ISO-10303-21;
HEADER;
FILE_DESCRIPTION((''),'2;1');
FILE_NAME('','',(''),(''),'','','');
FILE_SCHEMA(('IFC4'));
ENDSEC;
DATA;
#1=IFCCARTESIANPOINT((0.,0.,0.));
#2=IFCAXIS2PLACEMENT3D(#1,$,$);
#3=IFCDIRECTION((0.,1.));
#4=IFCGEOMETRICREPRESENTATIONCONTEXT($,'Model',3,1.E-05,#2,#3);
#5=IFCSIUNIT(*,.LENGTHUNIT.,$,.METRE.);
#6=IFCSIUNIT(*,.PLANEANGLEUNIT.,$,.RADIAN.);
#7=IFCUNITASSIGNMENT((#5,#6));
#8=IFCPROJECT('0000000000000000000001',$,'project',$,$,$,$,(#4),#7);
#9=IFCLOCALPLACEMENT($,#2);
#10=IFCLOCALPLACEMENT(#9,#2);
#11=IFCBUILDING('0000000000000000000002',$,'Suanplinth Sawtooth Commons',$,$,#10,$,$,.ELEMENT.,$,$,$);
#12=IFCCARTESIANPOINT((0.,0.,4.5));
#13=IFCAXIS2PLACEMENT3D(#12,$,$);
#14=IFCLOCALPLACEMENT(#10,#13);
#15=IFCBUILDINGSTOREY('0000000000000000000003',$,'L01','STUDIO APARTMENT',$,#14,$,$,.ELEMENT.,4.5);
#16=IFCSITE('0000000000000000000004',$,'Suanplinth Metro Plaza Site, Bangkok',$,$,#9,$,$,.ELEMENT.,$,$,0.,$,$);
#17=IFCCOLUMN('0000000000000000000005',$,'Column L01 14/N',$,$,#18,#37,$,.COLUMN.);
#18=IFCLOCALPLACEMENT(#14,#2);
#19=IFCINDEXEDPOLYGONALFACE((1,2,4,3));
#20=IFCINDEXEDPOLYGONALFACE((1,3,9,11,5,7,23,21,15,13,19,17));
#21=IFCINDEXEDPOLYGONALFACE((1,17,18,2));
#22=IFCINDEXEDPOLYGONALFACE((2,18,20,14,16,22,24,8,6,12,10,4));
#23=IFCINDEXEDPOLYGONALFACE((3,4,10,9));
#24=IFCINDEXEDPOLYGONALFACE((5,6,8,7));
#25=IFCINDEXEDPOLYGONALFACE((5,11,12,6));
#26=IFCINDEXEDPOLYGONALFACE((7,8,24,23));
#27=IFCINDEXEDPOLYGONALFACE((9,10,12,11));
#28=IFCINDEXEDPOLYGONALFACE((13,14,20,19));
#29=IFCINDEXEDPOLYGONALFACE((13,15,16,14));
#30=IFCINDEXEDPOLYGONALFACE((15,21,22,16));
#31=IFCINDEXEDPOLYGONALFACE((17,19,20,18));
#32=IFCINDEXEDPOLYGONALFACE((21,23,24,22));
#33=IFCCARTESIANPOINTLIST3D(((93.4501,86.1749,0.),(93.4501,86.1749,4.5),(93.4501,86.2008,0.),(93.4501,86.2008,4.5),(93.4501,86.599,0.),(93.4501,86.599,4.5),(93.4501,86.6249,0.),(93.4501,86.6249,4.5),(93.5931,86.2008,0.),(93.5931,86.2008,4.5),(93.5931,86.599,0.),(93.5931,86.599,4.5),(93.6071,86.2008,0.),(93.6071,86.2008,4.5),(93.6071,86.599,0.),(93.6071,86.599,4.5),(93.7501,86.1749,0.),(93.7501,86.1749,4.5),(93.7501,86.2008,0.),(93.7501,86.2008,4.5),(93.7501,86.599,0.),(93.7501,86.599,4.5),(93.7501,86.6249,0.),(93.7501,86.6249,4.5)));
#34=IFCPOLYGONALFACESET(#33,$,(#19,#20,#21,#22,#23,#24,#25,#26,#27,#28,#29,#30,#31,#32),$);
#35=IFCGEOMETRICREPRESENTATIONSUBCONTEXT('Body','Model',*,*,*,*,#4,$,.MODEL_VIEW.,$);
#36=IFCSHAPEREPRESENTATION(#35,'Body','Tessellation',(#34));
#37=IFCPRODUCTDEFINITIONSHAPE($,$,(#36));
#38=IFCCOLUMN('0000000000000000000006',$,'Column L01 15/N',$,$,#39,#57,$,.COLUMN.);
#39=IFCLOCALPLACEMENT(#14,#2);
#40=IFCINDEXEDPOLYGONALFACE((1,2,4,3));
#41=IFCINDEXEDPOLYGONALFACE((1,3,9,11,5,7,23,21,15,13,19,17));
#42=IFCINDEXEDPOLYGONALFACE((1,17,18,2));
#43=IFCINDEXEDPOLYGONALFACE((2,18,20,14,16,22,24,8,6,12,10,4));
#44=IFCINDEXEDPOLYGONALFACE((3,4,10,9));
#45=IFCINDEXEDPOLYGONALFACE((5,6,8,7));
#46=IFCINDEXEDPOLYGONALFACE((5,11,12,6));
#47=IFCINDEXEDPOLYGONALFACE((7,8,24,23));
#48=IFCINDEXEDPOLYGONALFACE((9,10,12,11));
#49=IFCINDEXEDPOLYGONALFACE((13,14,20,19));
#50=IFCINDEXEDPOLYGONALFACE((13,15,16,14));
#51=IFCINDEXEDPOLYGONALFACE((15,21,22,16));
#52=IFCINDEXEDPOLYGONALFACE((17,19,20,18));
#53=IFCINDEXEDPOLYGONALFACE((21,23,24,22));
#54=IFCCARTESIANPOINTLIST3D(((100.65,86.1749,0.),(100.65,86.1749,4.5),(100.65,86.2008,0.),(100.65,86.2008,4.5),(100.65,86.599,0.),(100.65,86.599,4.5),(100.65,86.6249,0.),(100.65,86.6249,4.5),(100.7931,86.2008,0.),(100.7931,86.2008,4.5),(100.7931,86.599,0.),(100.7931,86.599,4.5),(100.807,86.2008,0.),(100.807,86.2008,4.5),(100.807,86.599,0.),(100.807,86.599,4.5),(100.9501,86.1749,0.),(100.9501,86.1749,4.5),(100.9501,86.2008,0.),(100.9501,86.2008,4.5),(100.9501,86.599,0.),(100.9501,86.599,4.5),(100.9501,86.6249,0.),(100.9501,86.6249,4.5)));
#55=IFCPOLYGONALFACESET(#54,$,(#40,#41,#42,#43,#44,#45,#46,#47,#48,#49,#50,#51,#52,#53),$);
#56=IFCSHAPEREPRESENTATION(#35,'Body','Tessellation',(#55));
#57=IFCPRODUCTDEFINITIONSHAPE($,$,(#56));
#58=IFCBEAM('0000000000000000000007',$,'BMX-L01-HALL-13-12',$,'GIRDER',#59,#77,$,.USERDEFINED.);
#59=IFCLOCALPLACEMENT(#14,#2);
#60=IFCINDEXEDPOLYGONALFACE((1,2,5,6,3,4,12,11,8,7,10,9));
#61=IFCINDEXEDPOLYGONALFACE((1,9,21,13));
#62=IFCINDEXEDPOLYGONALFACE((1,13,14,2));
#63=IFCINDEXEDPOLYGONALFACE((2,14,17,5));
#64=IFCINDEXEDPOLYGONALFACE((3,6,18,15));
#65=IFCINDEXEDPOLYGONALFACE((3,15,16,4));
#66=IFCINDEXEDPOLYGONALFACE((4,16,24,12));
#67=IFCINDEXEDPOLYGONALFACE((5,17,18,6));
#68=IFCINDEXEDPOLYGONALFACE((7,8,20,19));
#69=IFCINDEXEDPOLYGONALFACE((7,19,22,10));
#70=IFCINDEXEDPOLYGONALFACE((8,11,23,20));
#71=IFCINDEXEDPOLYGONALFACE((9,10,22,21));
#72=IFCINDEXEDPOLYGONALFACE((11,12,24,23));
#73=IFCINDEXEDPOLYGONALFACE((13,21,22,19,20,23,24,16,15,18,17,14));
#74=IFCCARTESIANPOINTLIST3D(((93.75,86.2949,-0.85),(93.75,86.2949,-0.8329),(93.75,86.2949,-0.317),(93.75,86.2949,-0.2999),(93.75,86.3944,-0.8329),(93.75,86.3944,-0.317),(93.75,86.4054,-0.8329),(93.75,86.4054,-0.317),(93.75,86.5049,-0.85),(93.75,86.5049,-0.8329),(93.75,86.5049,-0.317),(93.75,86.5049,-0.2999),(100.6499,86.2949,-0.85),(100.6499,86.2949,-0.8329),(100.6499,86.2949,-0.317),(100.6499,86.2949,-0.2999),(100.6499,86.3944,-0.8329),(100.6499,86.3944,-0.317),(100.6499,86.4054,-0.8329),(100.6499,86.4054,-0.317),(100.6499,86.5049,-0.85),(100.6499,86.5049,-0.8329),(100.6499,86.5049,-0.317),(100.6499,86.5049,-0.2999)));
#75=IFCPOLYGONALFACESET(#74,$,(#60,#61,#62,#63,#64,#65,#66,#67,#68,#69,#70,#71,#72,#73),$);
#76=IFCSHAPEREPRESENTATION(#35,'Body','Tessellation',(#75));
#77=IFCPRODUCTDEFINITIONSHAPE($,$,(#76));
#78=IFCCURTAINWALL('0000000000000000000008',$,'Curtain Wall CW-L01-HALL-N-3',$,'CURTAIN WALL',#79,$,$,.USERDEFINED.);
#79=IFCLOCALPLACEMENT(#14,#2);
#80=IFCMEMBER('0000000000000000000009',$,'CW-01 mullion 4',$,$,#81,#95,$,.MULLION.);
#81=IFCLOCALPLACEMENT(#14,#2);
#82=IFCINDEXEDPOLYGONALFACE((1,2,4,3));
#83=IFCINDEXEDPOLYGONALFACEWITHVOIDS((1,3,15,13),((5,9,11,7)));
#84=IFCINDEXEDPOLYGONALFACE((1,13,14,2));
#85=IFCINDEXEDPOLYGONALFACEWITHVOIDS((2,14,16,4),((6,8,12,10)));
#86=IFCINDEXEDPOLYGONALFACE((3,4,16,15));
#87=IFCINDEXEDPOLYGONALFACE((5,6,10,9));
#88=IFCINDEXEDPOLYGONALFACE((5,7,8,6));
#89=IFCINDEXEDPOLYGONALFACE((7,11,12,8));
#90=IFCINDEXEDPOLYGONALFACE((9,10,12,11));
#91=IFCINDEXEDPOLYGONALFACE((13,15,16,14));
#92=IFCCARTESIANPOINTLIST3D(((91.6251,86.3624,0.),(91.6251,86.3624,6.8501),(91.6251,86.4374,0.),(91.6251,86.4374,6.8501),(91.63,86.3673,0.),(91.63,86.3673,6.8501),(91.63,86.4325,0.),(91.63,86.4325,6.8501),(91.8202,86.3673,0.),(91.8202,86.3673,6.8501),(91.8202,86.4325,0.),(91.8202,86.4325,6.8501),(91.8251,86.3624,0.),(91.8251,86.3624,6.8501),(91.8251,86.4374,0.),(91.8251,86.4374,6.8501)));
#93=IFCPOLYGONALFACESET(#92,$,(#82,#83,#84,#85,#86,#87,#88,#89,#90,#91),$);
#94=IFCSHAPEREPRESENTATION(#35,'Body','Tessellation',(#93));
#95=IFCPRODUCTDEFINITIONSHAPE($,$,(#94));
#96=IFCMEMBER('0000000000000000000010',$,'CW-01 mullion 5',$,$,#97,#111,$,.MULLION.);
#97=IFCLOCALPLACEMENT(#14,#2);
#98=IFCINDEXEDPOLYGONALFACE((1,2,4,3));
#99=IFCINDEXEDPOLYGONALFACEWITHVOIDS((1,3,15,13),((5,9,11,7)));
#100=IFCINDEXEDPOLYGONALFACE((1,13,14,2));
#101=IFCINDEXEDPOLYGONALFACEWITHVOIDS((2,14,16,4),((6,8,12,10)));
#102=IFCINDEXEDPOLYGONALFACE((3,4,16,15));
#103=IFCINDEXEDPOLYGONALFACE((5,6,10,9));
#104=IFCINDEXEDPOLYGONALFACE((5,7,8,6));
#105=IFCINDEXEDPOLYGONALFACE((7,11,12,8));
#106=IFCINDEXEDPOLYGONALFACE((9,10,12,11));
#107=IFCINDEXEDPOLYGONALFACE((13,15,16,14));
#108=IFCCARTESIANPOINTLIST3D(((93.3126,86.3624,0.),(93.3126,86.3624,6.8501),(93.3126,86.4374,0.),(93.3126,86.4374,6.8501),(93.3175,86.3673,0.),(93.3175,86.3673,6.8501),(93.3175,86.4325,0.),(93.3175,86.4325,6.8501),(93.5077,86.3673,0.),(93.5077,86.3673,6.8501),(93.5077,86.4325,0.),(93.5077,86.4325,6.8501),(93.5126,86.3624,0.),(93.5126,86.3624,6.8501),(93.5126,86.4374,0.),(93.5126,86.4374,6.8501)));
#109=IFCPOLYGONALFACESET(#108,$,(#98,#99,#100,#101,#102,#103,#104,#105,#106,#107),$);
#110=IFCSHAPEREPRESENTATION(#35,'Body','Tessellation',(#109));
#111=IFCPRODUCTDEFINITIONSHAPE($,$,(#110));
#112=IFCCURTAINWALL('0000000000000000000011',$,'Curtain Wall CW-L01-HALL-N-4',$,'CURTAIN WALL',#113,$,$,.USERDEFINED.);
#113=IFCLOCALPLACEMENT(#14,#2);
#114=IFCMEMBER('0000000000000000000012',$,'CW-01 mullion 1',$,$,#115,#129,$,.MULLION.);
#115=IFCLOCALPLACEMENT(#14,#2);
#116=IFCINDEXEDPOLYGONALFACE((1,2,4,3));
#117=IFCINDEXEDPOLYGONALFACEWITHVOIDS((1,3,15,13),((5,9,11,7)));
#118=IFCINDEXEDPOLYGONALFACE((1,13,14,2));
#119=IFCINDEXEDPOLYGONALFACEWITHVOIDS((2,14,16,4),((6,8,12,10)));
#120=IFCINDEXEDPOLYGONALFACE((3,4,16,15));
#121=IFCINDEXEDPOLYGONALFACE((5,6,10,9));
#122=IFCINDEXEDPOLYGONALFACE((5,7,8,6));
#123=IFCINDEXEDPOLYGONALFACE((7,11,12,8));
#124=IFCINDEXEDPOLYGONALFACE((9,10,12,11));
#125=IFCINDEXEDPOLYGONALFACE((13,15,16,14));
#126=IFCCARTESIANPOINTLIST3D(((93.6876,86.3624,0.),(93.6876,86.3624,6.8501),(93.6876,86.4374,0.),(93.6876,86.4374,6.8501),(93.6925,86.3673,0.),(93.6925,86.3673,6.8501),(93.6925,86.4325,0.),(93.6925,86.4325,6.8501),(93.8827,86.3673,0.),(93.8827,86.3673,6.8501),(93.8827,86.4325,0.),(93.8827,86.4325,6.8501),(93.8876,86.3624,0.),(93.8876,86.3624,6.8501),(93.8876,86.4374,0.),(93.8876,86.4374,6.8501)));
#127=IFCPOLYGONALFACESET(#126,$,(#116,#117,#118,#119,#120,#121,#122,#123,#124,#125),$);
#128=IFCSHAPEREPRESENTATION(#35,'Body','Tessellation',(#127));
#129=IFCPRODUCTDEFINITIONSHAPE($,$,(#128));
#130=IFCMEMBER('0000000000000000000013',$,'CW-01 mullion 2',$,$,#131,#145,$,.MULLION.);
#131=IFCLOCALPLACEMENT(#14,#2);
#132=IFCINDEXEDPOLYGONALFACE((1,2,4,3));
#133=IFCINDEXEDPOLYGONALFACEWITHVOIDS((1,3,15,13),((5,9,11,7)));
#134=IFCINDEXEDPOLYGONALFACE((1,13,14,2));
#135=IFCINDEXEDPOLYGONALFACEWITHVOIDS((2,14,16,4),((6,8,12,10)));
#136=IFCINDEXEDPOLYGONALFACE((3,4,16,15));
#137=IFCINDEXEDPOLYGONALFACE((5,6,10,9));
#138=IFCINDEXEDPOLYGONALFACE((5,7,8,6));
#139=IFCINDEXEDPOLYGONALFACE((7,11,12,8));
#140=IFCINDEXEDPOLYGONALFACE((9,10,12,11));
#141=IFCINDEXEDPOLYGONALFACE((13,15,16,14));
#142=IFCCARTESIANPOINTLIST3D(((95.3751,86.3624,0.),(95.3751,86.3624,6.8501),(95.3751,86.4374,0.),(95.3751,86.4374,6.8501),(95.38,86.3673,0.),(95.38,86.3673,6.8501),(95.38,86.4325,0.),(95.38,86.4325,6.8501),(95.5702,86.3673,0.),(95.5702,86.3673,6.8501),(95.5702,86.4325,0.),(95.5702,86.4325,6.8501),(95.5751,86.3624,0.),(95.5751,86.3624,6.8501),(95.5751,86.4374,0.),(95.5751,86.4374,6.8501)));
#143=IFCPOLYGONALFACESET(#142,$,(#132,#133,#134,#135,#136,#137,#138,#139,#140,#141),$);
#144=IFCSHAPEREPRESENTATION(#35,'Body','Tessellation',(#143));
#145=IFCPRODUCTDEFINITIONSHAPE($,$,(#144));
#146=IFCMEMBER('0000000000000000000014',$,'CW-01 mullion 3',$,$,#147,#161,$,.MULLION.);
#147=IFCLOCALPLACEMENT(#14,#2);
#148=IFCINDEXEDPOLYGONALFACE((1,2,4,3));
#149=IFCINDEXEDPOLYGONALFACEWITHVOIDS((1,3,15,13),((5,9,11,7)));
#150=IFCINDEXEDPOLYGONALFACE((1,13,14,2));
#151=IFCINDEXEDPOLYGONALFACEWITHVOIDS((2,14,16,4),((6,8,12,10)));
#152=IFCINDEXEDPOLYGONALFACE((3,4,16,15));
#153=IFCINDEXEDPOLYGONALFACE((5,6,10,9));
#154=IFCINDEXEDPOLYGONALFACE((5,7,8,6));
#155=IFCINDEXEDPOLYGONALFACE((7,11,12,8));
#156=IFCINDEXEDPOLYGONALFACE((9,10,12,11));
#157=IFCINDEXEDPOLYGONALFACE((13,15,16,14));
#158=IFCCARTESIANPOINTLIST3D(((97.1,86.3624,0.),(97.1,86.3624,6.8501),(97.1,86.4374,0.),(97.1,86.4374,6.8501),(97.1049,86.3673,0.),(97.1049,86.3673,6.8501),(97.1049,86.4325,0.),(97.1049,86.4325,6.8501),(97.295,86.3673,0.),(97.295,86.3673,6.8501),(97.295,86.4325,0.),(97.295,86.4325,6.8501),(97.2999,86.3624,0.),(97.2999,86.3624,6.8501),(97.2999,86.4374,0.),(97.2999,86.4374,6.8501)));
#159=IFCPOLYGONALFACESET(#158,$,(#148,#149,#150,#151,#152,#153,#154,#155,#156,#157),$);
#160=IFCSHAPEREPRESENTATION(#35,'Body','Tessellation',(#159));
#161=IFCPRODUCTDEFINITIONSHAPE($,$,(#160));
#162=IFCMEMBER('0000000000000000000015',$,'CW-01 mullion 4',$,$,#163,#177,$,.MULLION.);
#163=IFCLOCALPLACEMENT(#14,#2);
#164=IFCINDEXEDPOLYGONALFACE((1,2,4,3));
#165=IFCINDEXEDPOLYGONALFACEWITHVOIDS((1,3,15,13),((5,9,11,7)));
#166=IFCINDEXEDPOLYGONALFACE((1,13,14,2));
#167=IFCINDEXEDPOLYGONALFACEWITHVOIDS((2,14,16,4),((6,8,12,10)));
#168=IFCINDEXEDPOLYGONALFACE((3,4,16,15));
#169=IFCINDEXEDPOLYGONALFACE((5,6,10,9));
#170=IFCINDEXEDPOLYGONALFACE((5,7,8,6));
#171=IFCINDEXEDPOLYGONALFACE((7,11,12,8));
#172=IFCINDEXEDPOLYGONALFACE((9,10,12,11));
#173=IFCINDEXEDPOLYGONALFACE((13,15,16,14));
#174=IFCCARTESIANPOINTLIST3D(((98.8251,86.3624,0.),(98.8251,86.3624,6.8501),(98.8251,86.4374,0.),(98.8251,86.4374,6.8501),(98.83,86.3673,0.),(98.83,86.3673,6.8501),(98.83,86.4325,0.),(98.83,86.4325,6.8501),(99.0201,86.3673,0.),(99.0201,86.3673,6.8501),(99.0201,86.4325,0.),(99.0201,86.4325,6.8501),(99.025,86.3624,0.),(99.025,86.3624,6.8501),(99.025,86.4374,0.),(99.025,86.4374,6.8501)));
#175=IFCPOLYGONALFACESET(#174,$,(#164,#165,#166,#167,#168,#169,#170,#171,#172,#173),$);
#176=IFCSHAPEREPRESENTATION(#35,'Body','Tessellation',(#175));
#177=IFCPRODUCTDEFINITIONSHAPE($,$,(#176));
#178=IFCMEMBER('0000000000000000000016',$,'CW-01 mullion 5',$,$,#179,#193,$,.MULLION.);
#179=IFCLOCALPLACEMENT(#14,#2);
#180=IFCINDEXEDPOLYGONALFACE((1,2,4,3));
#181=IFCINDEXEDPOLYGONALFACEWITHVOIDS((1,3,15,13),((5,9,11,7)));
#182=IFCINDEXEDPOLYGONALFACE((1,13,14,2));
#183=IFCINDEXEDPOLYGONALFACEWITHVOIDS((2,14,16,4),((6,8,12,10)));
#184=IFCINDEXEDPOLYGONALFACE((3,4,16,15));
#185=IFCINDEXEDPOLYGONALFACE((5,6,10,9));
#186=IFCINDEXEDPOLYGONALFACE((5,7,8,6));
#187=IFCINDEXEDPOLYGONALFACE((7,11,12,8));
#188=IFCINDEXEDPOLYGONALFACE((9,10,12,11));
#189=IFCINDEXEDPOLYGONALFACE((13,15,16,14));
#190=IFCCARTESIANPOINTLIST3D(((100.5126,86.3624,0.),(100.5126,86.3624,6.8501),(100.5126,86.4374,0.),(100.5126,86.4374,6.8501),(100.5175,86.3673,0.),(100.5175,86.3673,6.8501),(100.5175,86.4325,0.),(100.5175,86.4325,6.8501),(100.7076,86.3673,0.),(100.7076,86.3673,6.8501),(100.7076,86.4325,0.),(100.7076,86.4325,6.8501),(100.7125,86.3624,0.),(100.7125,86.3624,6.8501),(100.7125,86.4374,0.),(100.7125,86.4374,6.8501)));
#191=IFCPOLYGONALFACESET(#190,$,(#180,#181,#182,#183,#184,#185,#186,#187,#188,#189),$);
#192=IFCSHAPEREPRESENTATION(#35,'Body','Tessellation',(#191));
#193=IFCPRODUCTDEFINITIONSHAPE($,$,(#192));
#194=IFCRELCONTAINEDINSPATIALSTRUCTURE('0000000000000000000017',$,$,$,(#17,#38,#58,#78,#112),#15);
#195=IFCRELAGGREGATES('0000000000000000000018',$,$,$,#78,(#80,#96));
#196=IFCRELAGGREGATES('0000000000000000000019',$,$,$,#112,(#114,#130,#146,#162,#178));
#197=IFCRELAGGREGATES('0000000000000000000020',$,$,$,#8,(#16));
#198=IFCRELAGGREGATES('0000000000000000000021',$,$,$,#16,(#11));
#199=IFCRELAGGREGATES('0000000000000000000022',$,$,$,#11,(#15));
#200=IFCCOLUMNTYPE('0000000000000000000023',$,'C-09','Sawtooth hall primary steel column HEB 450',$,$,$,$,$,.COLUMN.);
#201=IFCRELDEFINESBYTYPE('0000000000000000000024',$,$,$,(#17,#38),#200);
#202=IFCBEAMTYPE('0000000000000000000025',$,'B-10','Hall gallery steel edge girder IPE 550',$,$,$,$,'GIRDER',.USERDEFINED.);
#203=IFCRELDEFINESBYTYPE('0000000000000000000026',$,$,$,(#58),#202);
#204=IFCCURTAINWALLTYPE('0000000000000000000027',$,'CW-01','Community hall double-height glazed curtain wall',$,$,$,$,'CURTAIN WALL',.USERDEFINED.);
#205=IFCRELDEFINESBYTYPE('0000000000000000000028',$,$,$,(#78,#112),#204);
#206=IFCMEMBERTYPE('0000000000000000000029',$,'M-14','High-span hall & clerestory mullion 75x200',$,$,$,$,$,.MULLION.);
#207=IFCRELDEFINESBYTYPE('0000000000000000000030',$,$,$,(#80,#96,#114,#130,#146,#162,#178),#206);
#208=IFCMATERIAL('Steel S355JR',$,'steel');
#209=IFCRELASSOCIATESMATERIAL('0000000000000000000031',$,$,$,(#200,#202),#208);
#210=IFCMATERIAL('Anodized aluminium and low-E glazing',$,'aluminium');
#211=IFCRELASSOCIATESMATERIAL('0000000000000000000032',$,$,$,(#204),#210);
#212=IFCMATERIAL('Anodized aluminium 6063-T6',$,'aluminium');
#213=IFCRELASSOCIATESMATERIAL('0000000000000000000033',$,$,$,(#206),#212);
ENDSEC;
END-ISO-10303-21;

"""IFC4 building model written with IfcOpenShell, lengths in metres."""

from ifc_helpers import new_model, si_unit, direction, frame, origin, origin_2d, place, context, subcontext, project, spatial, hollow_rectangle, i_section, extrude, material, material_profile, profile_set, type_object, element, aggregate, save


model = new_model("IFC4")

# Units and contexts
model_context = context("Model", 3, precision=1e-05, world=origin(), true_north=direction((0.0, 1.0)))
body_context = subcontext(model_context, "Body", "Model", "MODEL_VIEW")
ifc_project = project(units=[si_unit("LENGTHUNIT", "METRE"), si_unit("PLANEANGLEUNIT", "RADIAN")], contexts=[model_context])

# Site, building, storey
site_placement = place(None, origin())
site = spatial("IfcSite", under=ifc_project, at=site_placement, Name="Suanplinth Metro Plaza Site, Bangkok", CompositionType="ELEMENT", RefElevation=0.0)
building_placement = place(site_placement, origin())
building = spatial("IfcBuilding", under=site, at=building_placement, Name="Suanplinth Sawtooth Commons", CompositionType="ELEMENT")
storey_placement = place(building_placement, frame((0.0, 0.0, 4.5)))
storey = spatial("IfcBuildingStorey", under=building, at=storey_placement, Name="L01", Description="STUDIO APARTMENT", CompositionType="ELEMENT", Elevation=4.5)

# Columns
ifc_material_1 = material(Name="Steel S355JR", Category="steel")
ifc_material_profile_1 = material_profile(ifc_material_1, i_section(OverallWidth=0.3, OverallDepth=0.45, WebThickness=0.0139, FlangeThickness=0.0259, at=origin_2d()), Name="HEB 450")
ifc_profile_set_1 = profile_set([ifc_material_profile_1], Name="Steel S355JR")
column_type = type_object("IfcColumnType", Name="C-09", Description="Sawtooth hall primary steel column HEB 450", PredefinedType="COLUMN", material=ifc_profile_set_1)
for number, where, z_axis, x_axis, name in (
    (1, (93.6001, 86.3999, 0.0), (0.0, 0.0, 1.0), (1.0, 0.0, 0.0), "Column L01 14/N"),
    (2, (100.8, 86.3999, 0.0), (0.0, 0.0, 1.0), (1.0, 0.0, 0.0), "Column L01 15/N"),
):
    element("IfcColumn", number, at=place(storey_placement, frame(where, z_axis=z_axis, x_axis=x_axis)), inside=storey, type_object=column_type, Name=name, PredefinedType="COLUMN", context=body_context, shape_type="SweptSolid", body=[
        extrude(i_section(OverallWidth=0.3, OverallDepth=0.45, WebThickness=0.0139, FlangeThickness=0.0259, at=origin_2d()), origin(), (0.0, 0.0, 1.0), 4.5),
    ])

# Beam
ifc_material_profile_2 = material_profile(ifc_material_1, i_section(OverallWidth=0.21, OverallDepth=0.55, WebThickness=0.011, FlangeThickness=0.0171, at=origin_2d()), Name="IPE 550")
ifc_profile_set_2 = profile_set([ifc_material_profile_2], Name="Steel S355JR")
beam_type = type_object("IfcBeamType", Name="B-10", Description="Hall gallery steel edge girder IPE 550", ElementType="GIRDER", PredefinedType="USERDEFINED", material=ifc_profile_set_2)
beam_placement = place(storey_placement, frame((93.75, 86.3999, -0.575), z_axis=(1.0, 0.0, 0.0), x_axis=(0.0, 1.0, 0.0)))
element("IfcBeam", 3, at=beam_placement, inside=storey, type_object=beam_type, Name="BMX-L01-HALL-13-12", ObjectType="GIRDER", PredefinedType="USERDEFINED", context=body_context, shape_type="SweptSolid", body=[
    extrude(i_section(OverallWidth=0.21, OverallDepth=0.55, WebThickness=0.011, FlangeThickness=0.0171, at=origin_2d()), origin(), (0.0, 0.0, 1.0), 6.8999),
])

# Curtain walls, members
ifc_material_2 = material(Name="Anodized aluminium and low-E glazing", Category="aluminium")
curtain_wall_type = type_object("IfcCurtainWallType", Name="CW-01", Description="Community hall double-height glazed curtain wall", ElementType="CURTAIN WALL", PredefinedType="USERDEFINED", material=ifc_material_2)
curtain_wall_1_placement = place(storey_placement, origin())
curtain_wall_1 = element("IfcCurtainWall", 4, at=curtain_wall_1_placement, inside=storey, type_object=curtain_wall_type, Name="Curtain Wall CW-L01-HALL-N-3", ObjectType="CURTAIN WALL", PredefinedType="USERDEFINED")
ifc_material_3 = material(Name="Anodized aluminium 6063-T6", Category="aluminium")
ifc_material_profile_3 = material_profile(ifc_material_3, hollow_rectangle(XDim=0.075, YDim=0.2, WallThickness=0.0049, at=origin_2d()), Name="ALU-MUL 75x200")
ifc_profile_set_3 = profile_set([ifc_material_profile_3], Name="Anodized aluminium 6063-T6")
member_type_1 = type_object("IfcMemberType", Name="M-14", Description="High-span hall & clerestory mullion 75x200", PredefinedType="MULLION", material=ifc_profile_set_3)
member_1_placement = place(storey_placement, frame((91.7251, 86.3999, 0.0), z_axis=(0.0, 0.0, 1.0), x_axis=(0.0, 1.0, 0.0)))
member_1 = element("IfcMember", 5, at=member_1_placement, type_object=member_type_1, Name="CW-01 mullion 4", PredefinedType="MULLION", context=body_context, shape_type="SweptSolid", body=[
    extrude(hollow_rectangle(XDim=0.075, YDim=0.2, WallThickness=0.0049, at=origin_2d()), origin(), (0.0, 0.0, 1.0), 6.8501),
])
member_2_placement = place(storey_placement, frame((93.4126, 86.3999, 0.0), z_axis=(0.0, 0.0, 1.0), x_axis=(0.0, 1.0, 0.0)))
member_2 = element("IfcMember", 6, at=member_2_placement, type_object=member_type_1, Name="CW-01 mullion 5", PredefinedType="MULLION", context=body_context, shape_type="SweptSolid", body=[
    extrude(hollow_rectangle(XDim=0.075, YDim=0.2, WallThickness=0.0049, at=origin_2d()), origin(), (0.0, 0.0, 1.0), 6.8501),
])
curtain_wall_2_placement = place(storey_placement, origin())
curtain_wall_2 = element("IfcCurtainWall", 7, at=curtain_wall_2_placement, inside=storey, type_object=curtain_wall_type, Name="Curtain Wall CW-L01-HALL-N-4", ObjectType="CURTAIN WALL", PredefinedType="USERDEFINED")
member_3_placement = place(storey_placement, frame((93.7876, 86.3999, 0.0), z_axis=(0.0, 0.0, 1.0), x_axis=(0.0, 1.0, 0.0)))
member_3 = element("IfcMember", 8, at=member_3_placement, type_object=member_type_1, Name="CW-01 mullion 1", PredefinedType="MULLION", context=body_context, shape_type="SweptSolid", body=[
    extrude(hollow_rectangle(XDim=0.075, YDim=0.2, WallThickness=0.0049, at=origin_2d()), origin(), (0.0, 0.0, 1.0), 6.8501),
])
member_4_placement = place(storey_placement, frame((95.4751, 86.3999, 0.0), z_axis=(0.0, 0.0, 1.0), x_axis=(0.0, 1.0, 0.0)))
member_4 = element("IfcMember", 9, at=member_4_placement, type_object=member_type_1, Name="CW-01 mullion 2", PredefinedType="MULLION", context=body_context, shape_type="SweptSolid", body=[
    extrude(hollow_rectangle(XDim=0.075, YDim=0.2, WallThickness=0.0049, at=origin_2d()), origin(), (0.0, 0.0, 1.0), 6.8501),
])
member_5_placement = place(storey_placement, frame((97.2, 86.3999, 0.0), z_axis=(0.0, 0.0, 1.0), x_axis=(0.0, 1.0, 0.0)))
member_5 = element("IfcMember", 10, at=member_5_placement, type_object=member_type_1, Name="CW-01 mullion 3", PredefinedType="MULLION", context=body_context, shape_type="SweptSolid", body=[
    extrude(hollow_rectangle(XDim=0.075, YDim=0.2, WallThickness=0.0049, at=origin_2d()), origin(), (0.0, 0.0, 1.0), 6.8501),
])
member_6_placement = place(storey_placement, frame((98.925, 86.3999, 0.0), z_axis=(0.0, 0.0, 1.0), x_axis=(0.0, 1.0, 0.0)))
member_6 = element("IfcMember", 11, at=member_6_placement, type_object=member_type_1, Name="CW-01 mullion 4", PredefinedType="MULLION", context=body_context, shape_type="SweptSolid", body=[
    extrude(hollow_rectangle(XDim=0.075, YDim=0.2, WallThickness=0.0049, at=origin_2d()), origin(), (0.0, 0.0, 1.0), 6.8501),
])
member_7_placement = place(storey_placement, frame((100.6125, 86.3999, 0.0), z_axis=(0.0, 0.0, 1.0), x_axis=(0.0, 1.0, 0.0)))
member_7 = element("IfcMember", 12, at=member_7_placement, type_object=member_type_1, Name="CW-01 mullion 5", PredefinedType="MULLION", context=body_context, shape_type="SweptSolid", body=[
    extrude(hollow_rectangle(XDim=0.075, YDim=0.2, WallThickness=0.0049, at=origin_2d()), origin(), (0.0, 0.0, 1.0), 6.8501),
])

aggregate(curtain_wall_1, [member_1, member_2])
aggregate(curtain_wall_2, [member_3, member_4, member_5, member_6, member_7])

save(model, "model.ifc")
